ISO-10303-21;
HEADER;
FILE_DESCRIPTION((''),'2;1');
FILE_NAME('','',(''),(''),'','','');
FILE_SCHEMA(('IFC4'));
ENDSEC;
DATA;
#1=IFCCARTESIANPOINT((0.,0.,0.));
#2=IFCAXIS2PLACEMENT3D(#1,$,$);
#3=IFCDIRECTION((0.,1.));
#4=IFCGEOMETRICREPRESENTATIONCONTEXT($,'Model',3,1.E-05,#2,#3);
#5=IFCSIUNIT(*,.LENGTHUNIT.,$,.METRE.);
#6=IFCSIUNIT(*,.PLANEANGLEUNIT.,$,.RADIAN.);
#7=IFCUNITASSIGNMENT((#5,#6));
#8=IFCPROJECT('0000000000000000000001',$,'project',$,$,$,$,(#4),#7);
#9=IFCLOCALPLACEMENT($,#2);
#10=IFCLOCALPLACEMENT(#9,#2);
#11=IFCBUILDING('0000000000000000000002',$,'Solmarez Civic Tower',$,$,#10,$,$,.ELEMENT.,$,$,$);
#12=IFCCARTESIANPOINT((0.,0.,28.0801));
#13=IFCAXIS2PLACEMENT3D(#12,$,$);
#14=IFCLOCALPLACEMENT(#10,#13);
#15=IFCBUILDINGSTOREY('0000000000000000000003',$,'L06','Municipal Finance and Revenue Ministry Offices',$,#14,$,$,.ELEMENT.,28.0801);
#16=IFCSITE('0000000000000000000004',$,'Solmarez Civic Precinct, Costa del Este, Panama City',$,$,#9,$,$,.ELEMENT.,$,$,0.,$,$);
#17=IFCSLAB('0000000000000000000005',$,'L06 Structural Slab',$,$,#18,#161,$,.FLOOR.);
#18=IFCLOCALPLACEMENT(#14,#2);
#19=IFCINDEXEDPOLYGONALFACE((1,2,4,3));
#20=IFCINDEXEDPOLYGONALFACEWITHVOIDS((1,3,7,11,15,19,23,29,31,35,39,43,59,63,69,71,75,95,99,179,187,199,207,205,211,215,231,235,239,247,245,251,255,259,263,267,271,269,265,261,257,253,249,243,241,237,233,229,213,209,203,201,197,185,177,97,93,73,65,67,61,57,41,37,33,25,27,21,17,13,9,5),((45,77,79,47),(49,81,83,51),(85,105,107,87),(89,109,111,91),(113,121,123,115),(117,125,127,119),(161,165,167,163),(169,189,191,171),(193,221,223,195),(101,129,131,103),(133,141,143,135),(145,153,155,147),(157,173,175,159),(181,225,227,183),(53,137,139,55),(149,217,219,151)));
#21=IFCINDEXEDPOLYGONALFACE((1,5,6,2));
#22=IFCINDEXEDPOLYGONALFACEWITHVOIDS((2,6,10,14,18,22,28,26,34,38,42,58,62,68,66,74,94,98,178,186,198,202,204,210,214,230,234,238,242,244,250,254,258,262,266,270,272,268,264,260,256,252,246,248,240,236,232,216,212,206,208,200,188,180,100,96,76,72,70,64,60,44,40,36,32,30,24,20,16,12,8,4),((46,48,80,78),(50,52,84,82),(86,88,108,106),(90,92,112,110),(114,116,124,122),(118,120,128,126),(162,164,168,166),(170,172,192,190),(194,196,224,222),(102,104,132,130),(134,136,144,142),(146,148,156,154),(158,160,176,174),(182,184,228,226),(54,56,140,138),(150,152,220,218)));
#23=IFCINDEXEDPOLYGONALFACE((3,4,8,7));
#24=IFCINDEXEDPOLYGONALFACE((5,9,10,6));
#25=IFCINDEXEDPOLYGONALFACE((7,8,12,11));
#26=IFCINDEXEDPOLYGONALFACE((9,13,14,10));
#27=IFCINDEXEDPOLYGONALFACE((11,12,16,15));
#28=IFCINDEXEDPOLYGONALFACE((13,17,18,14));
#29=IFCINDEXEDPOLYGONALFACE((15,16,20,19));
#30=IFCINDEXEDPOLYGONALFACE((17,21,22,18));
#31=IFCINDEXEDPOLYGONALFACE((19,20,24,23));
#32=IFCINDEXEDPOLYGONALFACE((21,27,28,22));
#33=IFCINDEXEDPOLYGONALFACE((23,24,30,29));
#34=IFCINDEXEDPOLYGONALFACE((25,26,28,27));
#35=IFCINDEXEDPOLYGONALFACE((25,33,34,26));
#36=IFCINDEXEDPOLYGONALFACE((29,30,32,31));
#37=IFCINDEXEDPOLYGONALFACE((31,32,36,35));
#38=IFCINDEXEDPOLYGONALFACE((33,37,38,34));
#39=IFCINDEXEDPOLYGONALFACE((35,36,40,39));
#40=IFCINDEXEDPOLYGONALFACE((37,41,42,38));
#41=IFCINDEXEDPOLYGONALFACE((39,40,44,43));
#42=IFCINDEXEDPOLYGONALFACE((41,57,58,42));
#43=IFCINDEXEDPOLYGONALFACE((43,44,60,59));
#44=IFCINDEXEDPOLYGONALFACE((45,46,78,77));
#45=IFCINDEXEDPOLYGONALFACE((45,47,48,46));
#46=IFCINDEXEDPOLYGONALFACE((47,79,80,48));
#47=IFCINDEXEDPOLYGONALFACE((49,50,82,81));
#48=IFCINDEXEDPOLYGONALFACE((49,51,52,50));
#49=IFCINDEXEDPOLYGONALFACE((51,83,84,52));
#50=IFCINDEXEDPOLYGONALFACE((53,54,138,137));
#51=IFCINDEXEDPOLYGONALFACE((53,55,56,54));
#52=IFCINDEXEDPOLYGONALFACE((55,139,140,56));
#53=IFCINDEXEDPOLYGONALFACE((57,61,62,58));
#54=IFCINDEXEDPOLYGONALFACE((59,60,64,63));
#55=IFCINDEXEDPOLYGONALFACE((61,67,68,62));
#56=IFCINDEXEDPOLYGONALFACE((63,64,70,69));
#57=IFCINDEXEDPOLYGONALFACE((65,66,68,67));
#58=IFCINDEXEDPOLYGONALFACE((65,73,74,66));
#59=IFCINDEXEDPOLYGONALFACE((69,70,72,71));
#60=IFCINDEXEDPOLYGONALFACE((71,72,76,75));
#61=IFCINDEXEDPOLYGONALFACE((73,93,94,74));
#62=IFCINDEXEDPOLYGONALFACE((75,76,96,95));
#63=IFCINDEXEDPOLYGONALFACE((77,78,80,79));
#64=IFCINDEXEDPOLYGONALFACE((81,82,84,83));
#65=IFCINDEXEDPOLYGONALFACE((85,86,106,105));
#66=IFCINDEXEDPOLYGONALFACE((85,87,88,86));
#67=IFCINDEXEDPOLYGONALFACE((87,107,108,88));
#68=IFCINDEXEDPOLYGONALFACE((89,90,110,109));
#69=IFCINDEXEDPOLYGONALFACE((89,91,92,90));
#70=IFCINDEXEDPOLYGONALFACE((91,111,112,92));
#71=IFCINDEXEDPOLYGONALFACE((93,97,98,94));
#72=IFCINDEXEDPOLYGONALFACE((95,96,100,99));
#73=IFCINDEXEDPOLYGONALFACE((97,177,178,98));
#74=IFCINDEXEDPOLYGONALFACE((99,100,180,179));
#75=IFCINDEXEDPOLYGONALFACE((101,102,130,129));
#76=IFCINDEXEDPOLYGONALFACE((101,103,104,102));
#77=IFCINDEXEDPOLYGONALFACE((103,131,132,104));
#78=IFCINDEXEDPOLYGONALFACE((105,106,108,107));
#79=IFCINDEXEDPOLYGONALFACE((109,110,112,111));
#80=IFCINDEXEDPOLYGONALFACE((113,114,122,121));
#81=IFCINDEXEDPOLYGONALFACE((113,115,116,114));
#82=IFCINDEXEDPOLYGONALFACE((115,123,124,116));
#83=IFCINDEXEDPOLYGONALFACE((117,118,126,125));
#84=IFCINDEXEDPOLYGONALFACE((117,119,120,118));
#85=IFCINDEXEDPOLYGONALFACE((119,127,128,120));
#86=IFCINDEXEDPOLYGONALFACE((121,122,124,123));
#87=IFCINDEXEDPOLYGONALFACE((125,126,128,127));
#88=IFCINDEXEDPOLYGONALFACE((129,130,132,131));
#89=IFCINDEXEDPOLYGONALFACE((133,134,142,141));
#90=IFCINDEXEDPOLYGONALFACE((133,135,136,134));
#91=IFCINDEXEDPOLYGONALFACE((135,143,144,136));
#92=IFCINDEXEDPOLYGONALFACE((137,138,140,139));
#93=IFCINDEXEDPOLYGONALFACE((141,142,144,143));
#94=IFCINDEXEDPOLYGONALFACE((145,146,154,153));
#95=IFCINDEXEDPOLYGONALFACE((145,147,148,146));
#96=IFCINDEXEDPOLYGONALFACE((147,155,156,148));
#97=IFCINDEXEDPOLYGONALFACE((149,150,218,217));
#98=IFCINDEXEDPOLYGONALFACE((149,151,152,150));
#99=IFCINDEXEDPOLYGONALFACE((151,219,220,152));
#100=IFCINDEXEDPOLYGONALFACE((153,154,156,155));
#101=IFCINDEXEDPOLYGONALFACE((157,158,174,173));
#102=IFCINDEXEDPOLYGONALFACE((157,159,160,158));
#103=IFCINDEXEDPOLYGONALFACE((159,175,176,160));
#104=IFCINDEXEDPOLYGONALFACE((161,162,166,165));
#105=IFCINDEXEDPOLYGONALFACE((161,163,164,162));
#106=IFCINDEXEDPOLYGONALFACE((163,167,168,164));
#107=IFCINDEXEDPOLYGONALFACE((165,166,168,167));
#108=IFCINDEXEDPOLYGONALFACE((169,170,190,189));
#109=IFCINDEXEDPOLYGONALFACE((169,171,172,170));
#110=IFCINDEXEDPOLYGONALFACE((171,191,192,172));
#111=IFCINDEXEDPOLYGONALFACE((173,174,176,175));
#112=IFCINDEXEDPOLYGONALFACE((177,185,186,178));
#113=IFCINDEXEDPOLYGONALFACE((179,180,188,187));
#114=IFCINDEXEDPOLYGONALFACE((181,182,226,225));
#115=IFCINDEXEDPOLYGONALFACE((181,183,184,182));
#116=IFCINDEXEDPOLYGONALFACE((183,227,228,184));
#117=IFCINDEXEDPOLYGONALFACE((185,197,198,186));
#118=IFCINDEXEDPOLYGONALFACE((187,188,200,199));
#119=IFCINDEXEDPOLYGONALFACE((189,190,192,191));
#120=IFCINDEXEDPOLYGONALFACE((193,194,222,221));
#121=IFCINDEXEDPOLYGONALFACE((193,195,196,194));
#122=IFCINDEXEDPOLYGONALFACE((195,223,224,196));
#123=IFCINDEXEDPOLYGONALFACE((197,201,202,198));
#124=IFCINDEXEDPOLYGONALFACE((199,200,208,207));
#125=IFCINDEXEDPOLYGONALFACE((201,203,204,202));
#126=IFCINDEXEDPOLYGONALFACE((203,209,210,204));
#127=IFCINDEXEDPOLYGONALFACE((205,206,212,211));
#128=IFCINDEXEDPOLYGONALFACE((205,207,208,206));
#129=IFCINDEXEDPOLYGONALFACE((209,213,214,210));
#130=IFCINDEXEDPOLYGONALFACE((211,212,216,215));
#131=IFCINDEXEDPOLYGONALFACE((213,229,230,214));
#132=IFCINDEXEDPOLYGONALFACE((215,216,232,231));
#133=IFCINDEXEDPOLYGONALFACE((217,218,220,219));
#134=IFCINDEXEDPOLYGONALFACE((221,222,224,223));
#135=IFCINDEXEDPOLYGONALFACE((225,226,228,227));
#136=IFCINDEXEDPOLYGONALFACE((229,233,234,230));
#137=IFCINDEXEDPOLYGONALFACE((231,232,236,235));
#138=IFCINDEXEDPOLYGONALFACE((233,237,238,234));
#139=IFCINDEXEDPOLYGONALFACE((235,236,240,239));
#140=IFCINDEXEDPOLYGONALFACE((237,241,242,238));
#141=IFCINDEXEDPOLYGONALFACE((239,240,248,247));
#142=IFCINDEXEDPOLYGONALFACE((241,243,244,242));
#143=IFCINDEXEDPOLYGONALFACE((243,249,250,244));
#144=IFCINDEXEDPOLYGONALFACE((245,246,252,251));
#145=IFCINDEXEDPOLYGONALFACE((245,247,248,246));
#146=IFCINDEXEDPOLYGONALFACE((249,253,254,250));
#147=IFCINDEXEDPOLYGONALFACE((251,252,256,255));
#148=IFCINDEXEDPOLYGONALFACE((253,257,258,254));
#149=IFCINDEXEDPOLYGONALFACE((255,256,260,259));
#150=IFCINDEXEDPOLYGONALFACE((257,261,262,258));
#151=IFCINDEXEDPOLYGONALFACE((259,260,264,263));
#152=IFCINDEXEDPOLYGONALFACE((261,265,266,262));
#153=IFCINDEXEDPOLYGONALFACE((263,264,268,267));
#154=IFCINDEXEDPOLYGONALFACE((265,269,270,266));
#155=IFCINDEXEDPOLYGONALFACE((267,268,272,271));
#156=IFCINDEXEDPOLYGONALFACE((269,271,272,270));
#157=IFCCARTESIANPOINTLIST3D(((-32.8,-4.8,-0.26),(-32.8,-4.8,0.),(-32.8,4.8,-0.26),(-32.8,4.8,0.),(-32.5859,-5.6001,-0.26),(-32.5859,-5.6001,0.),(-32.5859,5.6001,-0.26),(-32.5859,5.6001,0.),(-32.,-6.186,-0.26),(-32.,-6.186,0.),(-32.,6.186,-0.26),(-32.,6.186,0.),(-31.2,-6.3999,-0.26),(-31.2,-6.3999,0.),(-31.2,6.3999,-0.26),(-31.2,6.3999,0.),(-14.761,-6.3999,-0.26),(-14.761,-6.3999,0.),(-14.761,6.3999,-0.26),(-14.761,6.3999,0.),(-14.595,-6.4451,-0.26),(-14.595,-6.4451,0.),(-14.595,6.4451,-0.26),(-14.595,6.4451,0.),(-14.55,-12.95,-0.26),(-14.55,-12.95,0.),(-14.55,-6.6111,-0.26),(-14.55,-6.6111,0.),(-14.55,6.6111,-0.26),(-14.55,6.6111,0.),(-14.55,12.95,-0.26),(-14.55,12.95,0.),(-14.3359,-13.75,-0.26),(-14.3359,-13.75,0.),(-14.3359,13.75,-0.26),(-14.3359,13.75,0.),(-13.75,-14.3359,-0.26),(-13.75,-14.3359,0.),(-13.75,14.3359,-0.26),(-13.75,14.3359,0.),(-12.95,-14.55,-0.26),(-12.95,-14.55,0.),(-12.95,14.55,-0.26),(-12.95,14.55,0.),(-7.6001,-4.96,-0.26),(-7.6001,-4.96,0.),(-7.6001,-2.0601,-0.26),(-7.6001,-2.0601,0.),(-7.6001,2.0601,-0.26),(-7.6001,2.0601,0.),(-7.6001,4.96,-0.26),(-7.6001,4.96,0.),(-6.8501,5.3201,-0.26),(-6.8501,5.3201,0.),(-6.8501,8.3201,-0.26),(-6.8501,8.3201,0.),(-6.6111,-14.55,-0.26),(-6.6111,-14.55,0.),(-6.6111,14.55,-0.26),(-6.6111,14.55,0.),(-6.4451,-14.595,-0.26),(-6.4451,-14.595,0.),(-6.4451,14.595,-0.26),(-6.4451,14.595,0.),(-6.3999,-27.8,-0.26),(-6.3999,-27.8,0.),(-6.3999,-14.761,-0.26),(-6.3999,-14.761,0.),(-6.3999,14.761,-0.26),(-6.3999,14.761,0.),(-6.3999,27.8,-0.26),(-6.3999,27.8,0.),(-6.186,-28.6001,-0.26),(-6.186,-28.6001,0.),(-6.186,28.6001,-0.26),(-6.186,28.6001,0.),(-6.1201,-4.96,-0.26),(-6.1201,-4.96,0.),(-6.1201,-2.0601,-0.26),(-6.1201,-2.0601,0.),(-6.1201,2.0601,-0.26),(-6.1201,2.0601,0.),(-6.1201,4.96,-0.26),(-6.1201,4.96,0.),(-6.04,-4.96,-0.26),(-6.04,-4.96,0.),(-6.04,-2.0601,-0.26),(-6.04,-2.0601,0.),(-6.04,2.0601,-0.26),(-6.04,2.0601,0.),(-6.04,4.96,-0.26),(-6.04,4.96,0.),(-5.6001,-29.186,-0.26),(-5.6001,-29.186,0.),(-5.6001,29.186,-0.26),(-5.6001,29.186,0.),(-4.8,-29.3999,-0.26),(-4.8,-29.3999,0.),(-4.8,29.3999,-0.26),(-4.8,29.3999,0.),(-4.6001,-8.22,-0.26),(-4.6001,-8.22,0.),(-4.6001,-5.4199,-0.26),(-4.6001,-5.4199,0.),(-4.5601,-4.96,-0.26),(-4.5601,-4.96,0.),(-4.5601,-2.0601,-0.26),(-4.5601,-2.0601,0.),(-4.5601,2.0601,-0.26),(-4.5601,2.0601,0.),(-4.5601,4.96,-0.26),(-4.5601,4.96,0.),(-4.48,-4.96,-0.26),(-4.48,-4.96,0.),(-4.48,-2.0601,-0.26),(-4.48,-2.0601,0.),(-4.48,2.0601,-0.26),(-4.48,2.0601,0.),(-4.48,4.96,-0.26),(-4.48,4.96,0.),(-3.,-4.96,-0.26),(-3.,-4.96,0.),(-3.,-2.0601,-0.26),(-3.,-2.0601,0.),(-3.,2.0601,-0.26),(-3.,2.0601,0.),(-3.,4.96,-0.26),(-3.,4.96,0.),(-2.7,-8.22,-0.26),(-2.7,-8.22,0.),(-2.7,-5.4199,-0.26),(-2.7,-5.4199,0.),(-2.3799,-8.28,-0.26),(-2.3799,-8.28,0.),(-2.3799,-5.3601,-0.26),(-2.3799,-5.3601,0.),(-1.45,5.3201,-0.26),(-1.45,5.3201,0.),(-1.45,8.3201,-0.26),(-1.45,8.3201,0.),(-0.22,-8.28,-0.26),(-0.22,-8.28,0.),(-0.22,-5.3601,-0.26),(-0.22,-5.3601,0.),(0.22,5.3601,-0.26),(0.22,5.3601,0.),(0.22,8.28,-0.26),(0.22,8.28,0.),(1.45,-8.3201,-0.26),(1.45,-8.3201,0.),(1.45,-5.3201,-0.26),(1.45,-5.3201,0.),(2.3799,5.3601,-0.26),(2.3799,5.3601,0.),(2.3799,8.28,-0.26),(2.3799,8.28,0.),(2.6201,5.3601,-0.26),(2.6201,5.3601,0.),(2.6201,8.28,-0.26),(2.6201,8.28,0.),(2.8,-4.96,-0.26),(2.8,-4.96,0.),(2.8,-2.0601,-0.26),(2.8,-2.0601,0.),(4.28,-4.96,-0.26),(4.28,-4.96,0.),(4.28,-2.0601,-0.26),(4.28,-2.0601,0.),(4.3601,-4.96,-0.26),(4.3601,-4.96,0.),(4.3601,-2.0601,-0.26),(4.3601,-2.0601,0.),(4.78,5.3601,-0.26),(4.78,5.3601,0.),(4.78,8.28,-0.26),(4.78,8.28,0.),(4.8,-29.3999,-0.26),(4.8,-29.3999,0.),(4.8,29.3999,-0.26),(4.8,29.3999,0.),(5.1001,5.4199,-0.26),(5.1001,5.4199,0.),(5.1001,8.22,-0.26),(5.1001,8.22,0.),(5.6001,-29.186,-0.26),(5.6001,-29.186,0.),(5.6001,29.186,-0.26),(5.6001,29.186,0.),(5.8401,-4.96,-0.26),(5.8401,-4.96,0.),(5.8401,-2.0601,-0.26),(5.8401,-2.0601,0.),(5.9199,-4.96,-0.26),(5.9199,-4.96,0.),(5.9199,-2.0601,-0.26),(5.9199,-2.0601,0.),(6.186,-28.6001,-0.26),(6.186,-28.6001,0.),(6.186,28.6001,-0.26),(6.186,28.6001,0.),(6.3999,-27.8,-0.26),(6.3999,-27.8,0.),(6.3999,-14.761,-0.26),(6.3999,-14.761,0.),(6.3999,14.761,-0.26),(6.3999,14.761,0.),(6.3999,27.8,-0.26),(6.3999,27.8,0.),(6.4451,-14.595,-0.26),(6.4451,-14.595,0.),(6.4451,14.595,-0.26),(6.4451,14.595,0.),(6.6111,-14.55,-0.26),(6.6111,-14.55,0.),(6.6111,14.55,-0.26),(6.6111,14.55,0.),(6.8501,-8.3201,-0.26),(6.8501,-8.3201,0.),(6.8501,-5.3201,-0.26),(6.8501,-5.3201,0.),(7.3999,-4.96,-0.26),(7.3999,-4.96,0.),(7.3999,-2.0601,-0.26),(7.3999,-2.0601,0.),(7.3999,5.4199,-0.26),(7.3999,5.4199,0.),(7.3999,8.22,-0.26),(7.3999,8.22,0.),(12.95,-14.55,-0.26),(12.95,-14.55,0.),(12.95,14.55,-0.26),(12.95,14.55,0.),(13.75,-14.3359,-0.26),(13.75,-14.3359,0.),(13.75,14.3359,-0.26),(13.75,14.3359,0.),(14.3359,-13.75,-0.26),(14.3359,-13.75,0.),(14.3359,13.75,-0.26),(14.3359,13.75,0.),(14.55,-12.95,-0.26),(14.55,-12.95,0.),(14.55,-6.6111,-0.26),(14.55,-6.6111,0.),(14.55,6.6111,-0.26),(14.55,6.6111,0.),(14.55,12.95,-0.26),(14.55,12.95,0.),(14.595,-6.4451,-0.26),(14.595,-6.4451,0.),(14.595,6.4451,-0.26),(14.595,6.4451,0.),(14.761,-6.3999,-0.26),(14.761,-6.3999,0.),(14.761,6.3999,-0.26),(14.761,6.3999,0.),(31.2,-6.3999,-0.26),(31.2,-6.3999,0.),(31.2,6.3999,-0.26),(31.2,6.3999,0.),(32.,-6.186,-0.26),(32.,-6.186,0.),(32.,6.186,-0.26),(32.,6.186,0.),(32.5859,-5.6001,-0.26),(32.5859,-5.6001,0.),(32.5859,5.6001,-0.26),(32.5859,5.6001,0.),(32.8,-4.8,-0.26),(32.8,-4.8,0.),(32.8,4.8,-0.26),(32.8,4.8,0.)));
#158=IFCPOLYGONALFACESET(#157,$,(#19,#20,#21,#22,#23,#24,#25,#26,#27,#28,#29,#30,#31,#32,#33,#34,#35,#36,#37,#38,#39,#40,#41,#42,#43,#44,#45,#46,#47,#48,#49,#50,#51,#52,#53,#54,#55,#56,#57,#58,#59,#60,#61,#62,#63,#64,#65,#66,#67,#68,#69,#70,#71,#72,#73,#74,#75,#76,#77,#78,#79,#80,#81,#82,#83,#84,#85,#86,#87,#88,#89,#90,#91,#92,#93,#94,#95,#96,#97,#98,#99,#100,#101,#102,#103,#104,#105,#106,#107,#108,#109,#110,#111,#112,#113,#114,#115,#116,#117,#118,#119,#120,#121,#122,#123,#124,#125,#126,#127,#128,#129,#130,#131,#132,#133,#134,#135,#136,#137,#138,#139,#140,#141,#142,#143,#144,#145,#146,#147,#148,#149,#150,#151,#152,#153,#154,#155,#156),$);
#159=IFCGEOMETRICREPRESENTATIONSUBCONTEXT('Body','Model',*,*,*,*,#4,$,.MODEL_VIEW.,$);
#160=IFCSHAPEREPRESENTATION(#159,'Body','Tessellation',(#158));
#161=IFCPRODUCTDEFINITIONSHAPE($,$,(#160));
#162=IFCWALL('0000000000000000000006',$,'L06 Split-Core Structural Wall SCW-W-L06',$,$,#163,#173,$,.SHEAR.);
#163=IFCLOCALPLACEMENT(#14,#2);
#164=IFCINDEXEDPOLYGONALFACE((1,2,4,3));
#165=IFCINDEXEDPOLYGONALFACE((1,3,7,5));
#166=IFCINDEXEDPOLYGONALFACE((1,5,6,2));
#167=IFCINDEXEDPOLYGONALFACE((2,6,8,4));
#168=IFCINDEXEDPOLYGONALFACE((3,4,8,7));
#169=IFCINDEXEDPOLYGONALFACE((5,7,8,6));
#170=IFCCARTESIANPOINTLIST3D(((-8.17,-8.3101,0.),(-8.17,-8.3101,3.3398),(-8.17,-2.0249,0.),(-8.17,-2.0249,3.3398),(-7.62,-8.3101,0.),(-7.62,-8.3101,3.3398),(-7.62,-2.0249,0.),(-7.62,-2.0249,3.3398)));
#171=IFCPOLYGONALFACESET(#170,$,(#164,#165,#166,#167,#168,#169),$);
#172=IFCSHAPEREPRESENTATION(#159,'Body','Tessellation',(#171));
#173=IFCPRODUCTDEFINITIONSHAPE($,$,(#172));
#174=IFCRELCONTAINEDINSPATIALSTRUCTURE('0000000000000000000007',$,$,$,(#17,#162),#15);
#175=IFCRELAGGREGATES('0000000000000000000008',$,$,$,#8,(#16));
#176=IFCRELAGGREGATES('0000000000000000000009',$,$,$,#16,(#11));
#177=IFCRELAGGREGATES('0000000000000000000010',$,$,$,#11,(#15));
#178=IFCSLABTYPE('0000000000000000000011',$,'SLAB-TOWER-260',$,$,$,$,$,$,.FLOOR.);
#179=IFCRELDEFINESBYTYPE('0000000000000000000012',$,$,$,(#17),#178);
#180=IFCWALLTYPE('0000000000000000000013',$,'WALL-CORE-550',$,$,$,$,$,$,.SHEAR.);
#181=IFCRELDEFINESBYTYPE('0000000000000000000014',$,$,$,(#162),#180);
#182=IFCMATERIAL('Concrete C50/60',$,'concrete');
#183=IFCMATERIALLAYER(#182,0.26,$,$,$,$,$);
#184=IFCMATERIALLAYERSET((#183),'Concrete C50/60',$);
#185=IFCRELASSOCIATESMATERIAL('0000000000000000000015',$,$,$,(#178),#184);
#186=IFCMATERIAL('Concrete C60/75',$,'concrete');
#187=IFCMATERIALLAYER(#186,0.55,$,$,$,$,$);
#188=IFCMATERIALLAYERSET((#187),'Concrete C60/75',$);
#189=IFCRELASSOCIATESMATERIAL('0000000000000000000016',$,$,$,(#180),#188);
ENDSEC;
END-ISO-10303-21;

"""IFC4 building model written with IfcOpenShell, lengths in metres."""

from ifc_helpers import new_model, si_unit, direction, frame, frame_2d, origin, place, context, subcontext, project, spatial, polyline, rectangle, outline, extrude, material, layer, layer_set, type_object, element, save


model = new_model("IFC4")

# Units and contexts
model_context = context("Model", 3, precision=1e-05, world=origin(), true_north=direction((0.0, 1.0)))
body_context = subcontext(model_context, "Body", "Model", "MODEL_VIEW")
ifc_project = project(units=[si_unit("LENGTHUNIT", "METRE"), si_unit("PLANEANGLEUNIT", "RADIAN")], contexts=[model_context])

# Site, building, storey
site_placement = place(None, origin())
site = spatial("IfcSite", under=ifc_project, at=site_placement, Name="Solmarez Civic Precinct, Costa del Este, Panama City", CompositionType="ELEMENT", RefElevation=0.0)
building_placement = place(site_placement, origin())
building = spatial("IfcBuilding", under=site, at=building_placement, Name="Solmarez Civic Tower", CompositionType="ELEMENT")
storey_placement = place(building_placement, frame((0.0, 0.0, 28.0801)))
storey = spatial("IfcBuildingStorey", under=building, at=storey_placement, Name="L06", Description="Municipal Finance and Revenue Ministry Offices", CompositionType="ELEMENT", Elevation=28.0801)

# Shared definitions
ifc_material_1 = material(Name="Concrete C50/60", Category="concrete")

# Slab
ifc_layer_1 = layer(ifc_material_1, 0.26)
ifc_layer_set_1 = layer_set([ifc_layer_1], Name="Concrete C50/60")
slab_type_1 = type_object("IfcSlabType", Name="SLAB-TOWER-260", PredefinedType="FLOOR", material=ifc_layer_set_1)
slab_1_placement = place(storey_placement, frame((0.0, 0.0, -0.26)))
element("IfcSlab", 1, at=slab_1_placement, inside=storey, type_object=slab_type_1, Name="L06 Structural Slab", PredefinedType="FLOOR", context=body_context, shape_type="SweptSolid", body=[
    extrude(outline(polyline([(-14.55, -6.6111), (-14.55, -12.95), (-14.3359, -13.75), (-13.75, -14.3359), (-12.95, -14.55), (-6.6111, -14.55), (-6.4451, -14.595), (-6.3999, -14.761), (-6.3999, -27.8), (-6.186, -28.6001), (-5.6001, -29.186), (-4.8, -29.3999), (4.8, -29.3999), (5.6001, -29.186), (6.186, -28.6001), (6.3999, -27.8), (6.3999, -14.761), (6.4451, -14.595), (6.6111, -14.55), (12.95, -14.55), (13.75, -14.3359), (14.3359, -13.75), (14.55, -12.95), (14.55, -6.6111), (14.595, -6.4451), (14.761, -6.3999), (31.2, -6.3999), (32.0, -6.186), (32.5859, -5.6001), (32.8, -4.8), (32.8, 4.8), (32.5859, 5.6001), (32.0, 6.186), (31.2, 6.3999), (14.761, 6.3999), (14.595, 6.4451), (14.55, 6.6111), (14.55, 12.95), (14.3359, 13.75), (13.75, 14.3359), (12.95, 14.55), (6.6111, 14.55), (6.4451, 14.595), (6.3999, 14.761), (6.3999, 27.8), (6.186, 28.6001), (5.6001, 29.186), (4.8, 29.3999), (-4.8, 29.3999), (-5.6001, 29.186), (-6.186, 28.6001), (-6.3999, 27.8), (-6.3999, 14.761), (-6.4451, 14.595), (-6.6111, 14.55), (-12.95, 14.55), (-13.75, 14.3359), (-14.3359, 13.75), (-14.55, 12.95), (-14.55, 6.6111), (-14.595, 6.4451), (-14.761, 6.3999), (-31.2, 6.3999), (-32.0, 6.186), (-32.5859, 5.6001), (-32.8, 4.8), (-32.8, -4.8), (-32.5859, -5.6001), (-32.0, -6.186), (-31.2, -6.3999), (-14.761, -6.3999), (-14.595, -6.4451), (-14.55, -6.6111)]), holes=[polyline([(-1.45, 8.3201), (-6.8501, 8.3201), (-6.8501, 5.3201), (-1.45, 5.3201), (-1.45, 8.3201)]), polyline([(1.45, -8.3201), (6.8501, -8.3201), (6.8501, -5.3201), (1.45, -5.3201), (1.45, -8.3201)]), polyline([(0.22, 5.3601), (2.3799, 5.3601), (2.3799, 8.28), (0.22, 8.28), (0.22, 5.3601)]), polyline([(2.6201, 5.3601), (4.78, 5.3601), (4.78, 8.28), (2.6201, 8.28), (2.6201, 5.3601)]), polyline([(-2.3799, -8.28), (-0.22, -8.28), (-0.22, -5.3601), (-2.3799, -5.3601), (-2.3799, -8.28)]), polyline([(2.8, -4.96), (4.28, -4.96), (4.28, -2.0601), (2.8, -2.0601), (2.8, -4.96)]), polyline([(4.3601, -4.96), (5.8401, -4.96), (5.8401, -2.0601), (4.3601, -2.0601), (4.3601, -4.96)]), polyline([(5.9199, -4.96), (7.3999, -4.96), (7.3999, -2.0601), (5.9199, -2.0601), (5.9199, -4.96)]), polyline([(-7.6001, -4.96), (-6.1201, -4.96), (-6.1201, -2.0601), (-7.6001, -2.0601), (-7.6001, -4.96)]), polyline([(-6.04, -4.96), (-4.5601, -4.96), (-4.5601, -2.0601), (-6.04, -2.0601), (-6.04, -4.96)]), polyline([(-4.48, -4.96), (-3.0, -4.96), (-3.0, -2.0601), (-4.48, -2.0601), (-4.48, -4.96)]), polyline([(-7.6001, 2.0601), (-6.1201, 2.0601), (-6.1201, 4.96), (-7.6001, 4.96), (-7.6001, 2.0601)]), polyline([(-6.04, 2.0601), (-4.5601, 2.0601), (-4.5601, 4.96), (-6.04, 4.96), (-6.04, 2.0601)]), polyline([(-4.48, 2.0601), (-3.0, 2.0601), (-3.0, 4.96), (-4.48, 4.96), (-4.48, 2.0601)]), polyline([(5.1001, 5.4199), (7.3999, 5.4199), (7.3999, 8.22), (5.1001, 8.22), (5.1001, 5.4199)]), polyline([(-4.6001, -8.22), (-2.7, -8.22), (-2.7, -5.4199), (-4.6001, -5.4199), (-4.6001, -8.22)])]), origin(), (0.0, 0.0, 1.0), 0.26),
])

# Shared definitions
ifc_material_2 = material(Name="Concrete C60/75", Category="concrete")
ifc_layer_2 = layer(ifc_material_2, 0.55)
ifc_layer_set_2 = layer_set([ifc_layer_2], Name="Concrete C60/75")
wall_type_1 = type_object("IfcWallType", Name="WALL-CORE-550", PredefinedType="SHEAR", material=ifc_layer_set_2)

# Wall
wall_1_placement = place(storey_placement, frame((-7.895, -8.3101, 0.0), z_axis=(0.0, 0.0, 1.0), x_axis=(0.0, 1.0, 0.0)))
element("IfcWall", 2, at=wall_1_placement, inside=storey, type_object=wall_type_1, Name="L06 Split-Core Structural Wall SCW-W-L06", PredefinedType="SHEAR", context=body_context, shape_type="SweptSolid", body=[
    extrude(rectangle(XDim=6.2852, YDim=0.55, at=frame_2d((3.1426, 0.0))), origin(), (0.0, 0.0, 1.0), 3.3398),
])

save(model, "model.ifc")
